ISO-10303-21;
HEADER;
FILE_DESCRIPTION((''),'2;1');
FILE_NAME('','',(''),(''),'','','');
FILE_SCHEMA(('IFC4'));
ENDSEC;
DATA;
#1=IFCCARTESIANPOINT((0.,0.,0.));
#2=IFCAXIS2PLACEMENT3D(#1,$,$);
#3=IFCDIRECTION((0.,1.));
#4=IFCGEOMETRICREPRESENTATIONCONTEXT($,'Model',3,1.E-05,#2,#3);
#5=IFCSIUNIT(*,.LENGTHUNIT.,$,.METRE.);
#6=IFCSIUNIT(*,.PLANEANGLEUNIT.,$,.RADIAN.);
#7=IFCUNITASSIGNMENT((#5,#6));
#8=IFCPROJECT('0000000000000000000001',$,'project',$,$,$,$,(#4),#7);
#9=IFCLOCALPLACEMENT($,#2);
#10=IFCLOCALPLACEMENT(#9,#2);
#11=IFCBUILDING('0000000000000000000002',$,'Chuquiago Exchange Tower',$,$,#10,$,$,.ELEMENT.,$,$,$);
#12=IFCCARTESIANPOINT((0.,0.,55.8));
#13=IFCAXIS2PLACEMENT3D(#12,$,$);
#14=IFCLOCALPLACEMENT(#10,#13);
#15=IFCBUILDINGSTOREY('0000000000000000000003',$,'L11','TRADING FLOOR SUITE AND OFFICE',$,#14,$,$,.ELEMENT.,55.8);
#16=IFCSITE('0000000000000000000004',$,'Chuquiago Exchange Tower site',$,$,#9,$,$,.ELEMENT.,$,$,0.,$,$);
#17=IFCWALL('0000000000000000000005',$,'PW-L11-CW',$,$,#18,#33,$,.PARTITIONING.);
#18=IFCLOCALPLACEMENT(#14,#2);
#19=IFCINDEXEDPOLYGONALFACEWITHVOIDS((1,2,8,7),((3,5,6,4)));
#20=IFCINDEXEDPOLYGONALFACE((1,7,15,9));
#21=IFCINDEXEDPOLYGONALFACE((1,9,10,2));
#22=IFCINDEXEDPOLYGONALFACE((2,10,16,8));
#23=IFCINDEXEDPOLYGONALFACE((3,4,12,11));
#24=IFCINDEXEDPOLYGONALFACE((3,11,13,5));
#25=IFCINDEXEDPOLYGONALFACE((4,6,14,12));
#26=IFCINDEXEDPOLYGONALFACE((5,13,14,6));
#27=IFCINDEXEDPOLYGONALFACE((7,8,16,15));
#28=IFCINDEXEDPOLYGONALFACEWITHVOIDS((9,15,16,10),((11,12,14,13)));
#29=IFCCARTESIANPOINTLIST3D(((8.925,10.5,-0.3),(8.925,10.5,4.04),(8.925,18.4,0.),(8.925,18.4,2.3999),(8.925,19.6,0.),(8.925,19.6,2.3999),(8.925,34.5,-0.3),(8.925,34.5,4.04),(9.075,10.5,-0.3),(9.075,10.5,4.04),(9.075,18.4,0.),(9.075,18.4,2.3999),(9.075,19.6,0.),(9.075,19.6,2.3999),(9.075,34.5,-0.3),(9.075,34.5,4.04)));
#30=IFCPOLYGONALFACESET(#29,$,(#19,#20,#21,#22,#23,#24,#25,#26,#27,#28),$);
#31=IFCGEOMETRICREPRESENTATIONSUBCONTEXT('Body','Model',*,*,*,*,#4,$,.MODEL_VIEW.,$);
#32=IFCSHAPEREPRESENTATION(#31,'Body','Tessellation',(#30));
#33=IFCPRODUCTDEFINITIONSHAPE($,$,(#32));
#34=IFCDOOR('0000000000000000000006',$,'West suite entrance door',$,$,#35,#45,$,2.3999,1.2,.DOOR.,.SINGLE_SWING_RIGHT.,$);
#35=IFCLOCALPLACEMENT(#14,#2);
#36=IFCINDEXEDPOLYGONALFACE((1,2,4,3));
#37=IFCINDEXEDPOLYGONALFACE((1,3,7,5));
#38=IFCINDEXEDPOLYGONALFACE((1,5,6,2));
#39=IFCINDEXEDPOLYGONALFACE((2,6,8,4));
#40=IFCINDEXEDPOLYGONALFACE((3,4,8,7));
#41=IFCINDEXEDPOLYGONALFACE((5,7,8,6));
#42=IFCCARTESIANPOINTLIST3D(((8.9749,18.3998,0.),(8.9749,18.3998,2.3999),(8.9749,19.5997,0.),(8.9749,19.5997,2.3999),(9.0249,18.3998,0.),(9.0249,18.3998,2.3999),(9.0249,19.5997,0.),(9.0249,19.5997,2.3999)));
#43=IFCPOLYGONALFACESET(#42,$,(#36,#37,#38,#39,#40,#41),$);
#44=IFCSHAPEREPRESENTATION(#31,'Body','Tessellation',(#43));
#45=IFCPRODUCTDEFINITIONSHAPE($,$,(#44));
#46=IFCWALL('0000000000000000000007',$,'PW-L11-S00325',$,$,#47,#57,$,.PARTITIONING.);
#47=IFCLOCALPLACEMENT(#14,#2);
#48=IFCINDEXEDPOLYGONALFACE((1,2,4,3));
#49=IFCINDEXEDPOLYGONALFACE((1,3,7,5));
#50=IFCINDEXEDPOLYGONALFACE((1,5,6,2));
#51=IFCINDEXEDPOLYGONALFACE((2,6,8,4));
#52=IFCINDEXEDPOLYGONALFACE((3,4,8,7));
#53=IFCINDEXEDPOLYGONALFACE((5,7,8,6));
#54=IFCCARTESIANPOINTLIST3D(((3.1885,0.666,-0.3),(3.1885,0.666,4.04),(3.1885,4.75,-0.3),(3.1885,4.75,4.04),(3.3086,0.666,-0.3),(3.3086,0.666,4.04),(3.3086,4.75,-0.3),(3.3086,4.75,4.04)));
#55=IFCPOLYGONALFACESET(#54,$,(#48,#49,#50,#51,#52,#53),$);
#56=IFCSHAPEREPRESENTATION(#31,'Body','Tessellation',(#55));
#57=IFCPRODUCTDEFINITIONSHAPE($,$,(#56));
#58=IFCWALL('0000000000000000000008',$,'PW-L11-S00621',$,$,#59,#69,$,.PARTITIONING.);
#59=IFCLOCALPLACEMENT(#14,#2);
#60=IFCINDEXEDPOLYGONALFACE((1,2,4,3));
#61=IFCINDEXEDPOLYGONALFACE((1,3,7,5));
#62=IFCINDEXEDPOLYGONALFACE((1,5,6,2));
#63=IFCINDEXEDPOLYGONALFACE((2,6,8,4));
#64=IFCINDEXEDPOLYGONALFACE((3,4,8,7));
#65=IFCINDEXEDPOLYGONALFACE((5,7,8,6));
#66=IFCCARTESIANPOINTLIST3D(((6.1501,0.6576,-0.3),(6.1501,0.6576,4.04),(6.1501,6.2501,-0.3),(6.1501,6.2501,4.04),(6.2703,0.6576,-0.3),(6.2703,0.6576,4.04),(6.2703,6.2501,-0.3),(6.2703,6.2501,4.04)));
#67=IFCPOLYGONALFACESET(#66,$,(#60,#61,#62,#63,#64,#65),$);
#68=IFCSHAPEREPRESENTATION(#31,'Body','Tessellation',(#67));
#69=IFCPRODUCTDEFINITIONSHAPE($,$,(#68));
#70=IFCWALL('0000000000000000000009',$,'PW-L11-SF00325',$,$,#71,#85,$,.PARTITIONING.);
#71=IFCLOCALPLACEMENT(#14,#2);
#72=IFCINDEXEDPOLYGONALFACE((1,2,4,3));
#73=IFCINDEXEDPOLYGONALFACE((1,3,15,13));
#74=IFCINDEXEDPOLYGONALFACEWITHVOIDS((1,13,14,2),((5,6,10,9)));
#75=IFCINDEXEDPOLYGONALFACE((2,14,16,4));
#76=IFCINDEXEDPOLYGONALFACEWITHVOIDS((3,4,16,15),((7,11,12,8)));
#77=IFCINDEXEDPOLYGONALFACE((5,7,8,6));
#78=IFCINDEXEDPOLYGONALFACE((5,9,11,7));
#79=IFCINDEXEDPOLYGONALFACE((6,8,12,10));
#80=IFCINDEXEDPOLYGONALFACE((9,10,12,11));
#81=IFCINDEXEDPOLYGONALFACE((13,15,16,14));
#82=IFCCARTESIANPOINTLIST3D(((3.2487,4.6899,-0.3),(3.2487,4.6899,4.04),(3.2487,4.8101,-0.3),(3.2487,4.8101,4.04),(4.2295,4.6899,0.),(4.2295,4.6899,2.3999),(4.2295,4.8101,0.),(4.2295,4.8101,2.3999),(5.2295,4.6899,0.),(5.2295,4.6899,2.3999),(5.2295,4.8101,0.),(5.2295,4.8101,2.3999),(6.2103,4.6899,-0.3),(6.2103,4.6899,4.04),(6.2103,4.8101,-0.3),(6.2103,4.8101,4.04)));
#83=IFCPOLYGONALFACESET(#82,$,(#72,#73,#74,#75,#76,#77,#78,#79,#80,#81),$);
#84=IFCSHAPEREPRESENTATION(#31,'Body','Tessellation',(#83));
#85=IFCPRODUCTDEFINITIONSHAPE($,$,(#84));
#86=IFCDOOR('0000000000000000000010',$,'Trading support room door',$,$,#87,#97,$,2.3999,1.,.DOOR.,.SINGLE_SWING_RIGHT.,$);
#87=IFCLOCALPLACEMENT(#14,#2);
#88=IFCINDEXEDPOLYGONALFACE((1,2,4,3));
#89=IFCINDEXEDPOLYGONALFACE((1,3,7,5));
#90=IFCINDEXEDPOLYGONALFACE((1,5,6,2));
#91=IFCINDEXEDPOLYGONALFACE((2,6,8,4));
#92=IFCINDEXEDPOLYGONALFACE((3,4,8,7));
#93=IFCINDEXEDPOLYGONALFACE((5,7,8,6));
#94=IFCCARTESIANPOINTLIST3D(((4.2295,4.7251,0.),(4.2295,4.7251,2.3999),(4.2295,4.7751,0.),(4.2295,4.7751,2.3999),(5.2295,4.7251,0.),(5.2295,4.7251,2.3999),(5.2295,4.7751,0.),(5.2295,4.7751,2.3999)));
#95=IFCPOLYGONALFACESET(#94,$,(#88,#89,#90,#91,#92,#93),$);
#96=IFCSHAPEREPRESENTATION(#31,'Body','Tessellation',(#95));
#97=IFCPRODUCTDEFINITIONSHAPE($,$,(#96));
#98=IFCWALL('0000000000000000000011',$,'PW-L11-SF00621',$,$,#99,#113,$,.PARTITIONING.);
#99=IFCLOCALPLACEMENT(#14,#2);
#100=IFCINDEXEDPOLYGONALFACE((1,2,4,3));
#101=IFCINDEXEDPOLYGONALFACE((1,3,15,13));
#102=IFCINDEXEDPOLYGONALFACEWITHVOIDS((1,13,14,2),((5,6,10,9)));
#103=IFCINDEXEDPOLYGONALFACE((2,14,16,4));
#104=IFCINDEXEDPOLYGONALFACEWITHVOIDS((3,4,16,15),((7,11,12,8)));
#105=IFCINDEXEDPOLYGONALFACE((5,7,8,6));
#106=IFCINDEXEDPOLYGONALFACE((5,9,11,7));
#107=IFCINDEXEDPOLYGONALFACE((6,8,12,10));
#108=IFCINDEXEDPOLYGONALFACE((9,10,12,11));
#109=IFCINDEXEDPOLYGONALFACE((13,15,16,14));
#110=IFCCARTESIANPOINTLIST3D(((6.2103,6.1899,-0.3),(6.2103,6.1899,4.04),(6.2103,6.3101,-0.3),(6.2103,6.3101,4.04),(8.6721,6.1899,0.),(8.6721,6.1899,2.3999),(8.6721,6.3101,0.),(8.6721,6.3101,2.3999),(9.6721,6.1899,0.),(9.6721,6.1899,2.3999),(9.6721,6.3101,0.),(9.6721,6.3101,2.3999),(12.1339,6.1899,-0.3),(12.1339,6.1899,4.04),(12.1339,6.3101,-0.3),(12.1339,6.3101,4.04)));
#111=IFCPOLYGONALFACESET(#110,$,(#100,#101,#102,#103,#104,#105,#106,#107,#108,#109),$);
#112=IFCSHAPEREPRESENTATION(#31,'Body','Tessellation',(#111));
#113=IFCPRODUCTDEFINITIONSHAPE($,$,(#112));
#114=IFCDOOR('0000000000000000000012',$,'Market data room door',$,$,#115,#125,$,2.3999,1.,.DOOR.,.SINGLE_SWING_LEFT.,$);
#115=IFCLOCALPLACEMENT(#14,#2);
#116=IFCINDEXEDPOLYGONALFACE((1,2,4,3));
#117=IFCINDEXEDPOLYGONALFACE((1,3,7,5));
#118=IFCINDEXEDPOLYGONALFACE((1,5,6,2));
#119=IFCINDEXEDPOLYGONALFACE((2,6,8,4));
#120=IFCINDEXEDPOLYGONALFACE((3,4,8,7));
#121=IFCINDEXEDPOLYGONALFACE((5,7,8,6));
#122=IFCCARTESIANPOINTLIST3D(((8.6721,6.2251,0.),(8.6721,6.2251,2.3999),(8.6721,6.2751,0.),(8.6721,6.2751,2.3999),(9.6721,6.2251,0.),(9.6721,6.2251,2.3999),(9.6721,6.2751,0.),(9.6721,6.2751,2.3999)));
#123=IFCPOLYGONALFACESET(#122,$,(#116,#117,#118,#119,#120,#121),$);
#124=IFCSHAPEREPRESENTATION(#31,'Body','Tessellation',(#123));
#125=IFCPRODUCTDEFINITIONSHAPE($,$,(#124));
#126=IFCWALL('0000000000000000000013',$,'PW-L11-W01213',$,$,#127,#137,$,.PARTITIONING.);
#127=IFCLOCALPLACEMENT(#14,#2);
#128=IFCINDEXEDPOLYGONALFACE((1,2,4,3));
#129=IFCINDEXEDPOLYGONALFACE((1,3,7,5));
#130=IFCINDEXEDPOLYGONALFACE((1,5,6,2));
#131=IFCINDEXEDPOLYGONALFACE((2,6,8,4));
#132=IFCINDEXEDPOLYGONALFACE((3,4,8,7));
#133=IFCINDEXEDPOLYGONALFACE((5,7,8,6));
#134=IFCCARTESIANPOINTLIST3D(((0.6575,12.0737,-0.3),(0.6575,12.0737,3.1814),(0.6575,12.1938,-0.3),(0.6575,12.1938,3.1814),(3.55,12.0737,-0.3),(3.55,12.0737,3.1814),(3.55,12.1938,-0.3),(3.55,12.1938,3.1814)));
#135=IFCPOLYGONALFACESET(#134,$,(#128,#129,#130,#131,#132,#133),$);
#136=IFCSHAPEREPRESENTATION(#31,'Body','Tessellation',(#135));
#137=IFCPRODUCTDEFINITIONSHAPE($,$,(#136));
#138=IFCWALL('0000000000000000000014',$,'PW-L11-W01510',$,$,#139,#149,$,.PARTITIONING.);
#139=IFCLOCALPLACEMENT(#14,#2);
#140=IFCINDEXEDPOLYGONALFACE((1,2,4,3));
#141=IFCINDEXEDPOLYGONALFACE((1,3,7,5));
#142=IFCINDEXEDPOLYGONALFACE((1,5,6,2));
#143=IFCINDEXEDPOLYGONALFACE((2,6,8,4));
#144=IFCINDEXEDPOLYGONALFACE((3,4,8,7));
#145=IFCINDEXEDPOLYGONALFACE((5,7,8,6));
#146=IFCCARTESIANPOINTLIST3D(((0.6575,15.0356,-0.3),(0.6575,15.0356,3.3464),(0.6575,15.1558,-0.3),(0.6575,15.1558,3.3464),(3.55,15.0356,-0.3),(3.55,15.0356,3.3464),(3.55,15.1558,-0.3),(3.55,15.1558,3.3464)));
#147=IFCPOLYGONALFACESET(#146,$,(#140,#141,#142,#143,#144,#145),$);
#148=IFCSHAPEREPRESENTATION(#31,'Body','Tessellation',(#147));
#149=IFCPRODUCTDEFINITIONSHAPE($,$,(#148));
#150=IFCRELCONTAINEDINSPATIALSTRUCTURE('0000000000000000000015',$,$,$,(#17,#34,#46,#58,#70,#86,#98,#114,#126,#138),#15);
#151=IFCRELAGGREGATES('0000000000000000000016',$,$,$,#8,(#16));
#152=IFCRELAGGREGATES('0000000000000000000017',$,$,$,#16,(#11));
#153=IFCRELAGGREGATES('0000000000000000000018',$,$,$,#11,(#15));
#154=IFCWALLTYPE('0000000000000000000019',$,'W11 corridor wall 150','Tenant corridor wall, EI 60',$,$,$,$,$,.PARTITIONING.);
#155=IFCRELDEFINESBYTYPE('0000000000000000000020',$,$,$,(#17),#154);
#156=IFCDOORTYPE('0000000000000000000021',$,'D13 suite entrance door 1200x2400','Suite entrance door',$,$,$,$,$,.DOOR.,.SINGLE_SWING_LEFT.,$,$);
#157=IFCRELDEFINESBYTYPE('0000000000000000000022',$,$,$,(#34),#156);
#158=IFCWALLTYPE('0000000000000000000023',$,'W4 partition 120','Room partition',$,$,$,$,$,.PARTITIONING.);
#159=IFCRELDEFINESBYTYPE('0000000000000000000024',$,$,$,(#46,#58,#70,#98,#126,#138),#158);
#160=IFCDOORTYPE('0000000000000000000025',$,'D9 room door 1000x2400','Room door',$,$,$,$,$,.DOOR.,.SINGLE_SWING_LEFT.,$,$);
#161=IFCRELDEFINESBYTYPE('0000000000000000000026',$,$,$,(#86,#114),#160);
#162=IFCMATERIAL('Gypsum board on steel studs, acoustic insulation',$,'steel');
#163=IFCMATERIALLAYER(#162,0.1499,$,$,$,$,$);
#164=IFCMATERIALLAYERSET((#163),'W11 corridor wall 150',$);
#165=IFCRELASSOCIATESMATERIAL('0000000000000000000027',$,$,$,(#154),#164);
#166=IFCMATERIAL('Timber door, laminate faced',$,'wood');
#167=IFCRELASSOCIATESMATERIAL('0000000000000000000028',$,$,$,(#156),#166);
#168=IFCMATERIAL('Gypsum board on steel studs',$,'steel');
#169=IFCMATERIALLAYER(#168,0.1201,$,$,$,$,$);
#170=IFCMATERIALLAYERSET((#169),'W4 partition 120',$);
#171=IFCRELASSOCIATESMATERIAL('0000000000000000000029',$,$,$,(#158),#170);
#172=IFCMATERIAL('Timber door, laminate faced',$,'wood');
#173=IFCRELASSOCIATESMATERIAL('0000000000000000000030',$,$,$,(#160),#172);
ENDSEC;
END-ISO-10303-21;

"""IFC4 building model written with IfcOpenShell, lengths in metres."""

from ifc_helpers import new_model, si_unit, direction, frame, frame_2d, origin, place, context, subcontext, project, spatial, rectangle, extrude, material, layer, layer_set, type_object, element, fill, save


model = new_model("IFC4")

# Units and contexts
model_context = context("Model", 3, precision=1e-05, world=origin(), true_north=direction((0.0, 1.0)))
body_context = subcontext(model_context, "Body", "Model", "MODEL_VIEW")
ifc_project = project(units=[si_unit("LENGTHUNIT", "METRE"), si_unit("PLANEANGLEUNIT", "RADIAN")], contexts=[model_context])

# Site, building, storey
site_placement = place(None, origin())
site = spatial("IfcSite", under=ifc_project, at=site_placement, Name="Chuquiago Exchange Tower site", CompositionType="ELEMENT", RefElevation=0.0)
building_placement = place(site_placement, origin())
building = spatial("IfcBuilding", under=site, at=building_placement, Name="Chuquiago Exchange Tower", CompositionType="ELEMENT")
storey_placement = place(building_placement, frame((0.0, 0.0, 55.8)))
storey = spatial("IfcBuildingStorey", under=building, at=storey_placement, Name="L11", Description="TRADING FLOOR SUITE AND OFFICE", CompositionType="ELEMENT", Elevation=55.8)

# Shared definitions
ifc_material_1 = material(Name="Gypsum board on steel studs, acoustic insulation", Category="steel")
ifc_layer_1 = layer(ifc_material_1, 0.1499)
ifc_layer_set_1 = layer_set([ifc_layer_1], Name="W11 corridor wall 150")
wall_type_1 = type_object("IfcWallType", Name="W11 corridor wall 150", Description="Tenant corridor wall, EI 60", PredefinedType="PARTITIONING", material=ifc_layer_set_1)

# Wall, opening, door
wall_1_placement = place(storey_placement, frame((9.0, 10.5, -0.3), z_axis=(0.0, 0.0, 1.0), x_axis=(0.0, 1.0, 0.0)))
wall_1 = element("IfcWall", 1, at=wall_1_placement, inside=storey, type_object=wall_type_1, Name="PW-L11-CW", PredefinedType="PARTITIONING", context=body_context, shape_type="SweptSolid", body=[
    extrude(rectangle(XDim=24.0, YDim=0.1499, at=frame_2d((12.0, 0.0))), origin(), (0.0, 0.0, 1.0), 4.3401),
])
opening_1_placement = place(wall_1_placement, frame((7.8999, 0.0, 0.3)))
opening_1 = element("IfcOpeningElement", 2, at=opening_1_placement, cuts=wall_1, PredefinedType="OPENING", context=body_context, shape_type="SweptSolid", body=[
    extrude(rectangle(XDim=1.2, YDim=2.3999, at=frame_2d((0.6001, 1.2))), frame((0.0, 0.085, 0.0), z_axis=(0.0, -1.0, 0.0), x_axis=(1.0, 0.0, 0.0)), (0.0, 0.0, 1.0), 0.1699),
])
ifc_material_2 = material(Name="Timber door, laminate faced", Category="wood")
door_type_1 = type_object("IfcDoorType", Name="D13 suite entrance door 1200x2400", Description="Suite entrance door", OperationType="SINGLE_SWING_LEFT", PredefinedType="DOOR", material=ifc_material_2)
door_1_placement = place(opening_1_placement, frame((1.2, 0.0, 0.0), z_axis=(0.0, 0.0, 1.0), x_axis=(-1.0, 0.0, 0.0)))
door_1 = element("IfcDoor", 3, at=door_1_placement, inside=storey, type_object=door_type_1, Name="West suite entrance door", OperationType="SINGLE_SWING_RIGHT", OverallHeight=2.3999, OverallWidth=1.2, PredefinedType="DOOR", context=body_context, shape_type="SweptSolid", body=[
    extrude(rectangle(XDim=1.2, YDim=2.3999, at=frame_2d((0.6001, 1.2))), frame((0.0, 0.0249, 0.0), z_axis=(0.0, -1.0, 0.0), x_axis=(1.0, 0.0, 0.0)), (0.0, 0.0, 1.0), 0.05),
])
fill(opening_1, door_1)

# Walls
ifc_material_3 = material(Name="Gypsum board on steel studs", Category="steel")
ifc_layer_2 = layer(ifc_material_3, 0.1201)
ifc_layer_set_2 = layer_set([ifc_layer_2], Name="W4 partition 120")
wall_type_2 = type_object("IfcWallType", Name="W4 partition 120", Description="Room partition", PredefinedType="PARTITIONING", material=ifc_layer_set_2)
wall_2_placement = place(storey_placement, frame((3.2485, 0.666, -0.3), z_axis=(0.0, 0.0, 1.0), x_axis=(0.0, 1.0, 0.0)))
element("IfcWall", 4, at=wall_2_placement, inside=storey, type_object=wall_type_2, Name="PW-L11-S00325", PredefinedType="PARTITIONING", context=body_context, shape_type="SweptSolid", body=[
    extrude(rectangle(XDim=4.084, YDim=0.1201, at=frame_2d((2.042, 0.0))), origin(), (0.0, 0.0, 1.0), 4.3401),
])
wall_3_placement = place(storey_placement, frame((6.2102, 0.6575, -0.3), z_axis=(0.0, 0.0, 1.0), x_axis=(0.0, 1.0, 0.0)))
element("IfcWall", 5, at=wall_3_placement, inside=storey, type_object=wall_type_2, Name="PW-L11-S00621", PredefinedType="PARTITIONING", context=body_context, shape_type="SweptSolid", body=[
    extrude(rectangle(XDim=5.5925, YDim=0.1201, at=frame_2d((2.7964, 0.0))), origin(), (0.0, 0.0, 1.0), 4.3401),
])

# Walls, openings, doors
wall_4_placement = place(storey_placement, frame((3.2485, 4.75, -0.3), z_axis=(0.0, 0.0, 1.0), x_axis=(1.0, 0.0, 0.0)))
wall_4 = element("IfcWall", 6, at=wall_4_placement, inside=storey, type_object=wall_type_2, Name="PW-L11-SF00325", PredefinedType="PARTITIONING", context=body_context, shape_type="SweptSolid", body=[
    extrude(rectangle(XDim=2.9617, YDim=0.1201, at=frame_2d((1.481, 0.0))), origin(), (0.0, 0.0, 1.0), 4.3401),
])
opening_2_placement = place(wall_4_placement, frame((0.981, 0.0, 0.3)))
opening_2 = element("IfcOpeningElement", 7, at=opening_2_placement, cuts=wall_4, PredefinedType="OPENING", context=body_context, shape_type="SweptSolid", body=[
    extrude(rectangle(XDim=1.0, YDim=2.3999, at=frame_2d((0.5, 1.2))), frame((0.0, 0.0701, 0.0), z_axis=(0.0, -1.0, 0.0), x_axis=(1.0, 0.0, 0.0)), (0.0, 0.0, 1.0), 0.1401),
])
ifc_material_4 = material(Name="Timber door, laminate faced", Category="wood")
door_type_2 = type_object("IfcDoorType", Name="D9 room door 1000x2400", Description="Room door", OperationType="SINGLE_SWING_LEFT", PredefinedType="DOOR", material=ifc_material_4)
door_2_placement = place(opening_2_placement, frame((1.0, 0.0, 0.0), z_axis=(0.0, 0.0, 1.0), x_axis=(-1.0, 0.0, 0.0)))
door_2 = element("IfcDoor", 8, at=door_2_placement, inside=storey, type_object=door_type_2, Name="Trading support room door", OperationType="SINGLE_SWING_RIGHT", OverallHeight=2.3999, OverallWidth=1.0, PredefinedType="DOOR", context=body_context, shape_type="SweptSolid", body=[
    extrude(rectangle(XDim=1.0, YDim=2.3999, at=frame_2d((0.5, 1.2))), frame((0.0, 0.0249, 0.0), z_axis=(0.0, -1.0, 0.0), x_axis=(1.0, 0.0, 0.0)), (0.0, 0.0, 1.0), 0.05),
])
fill(opening_2, door_2)
wall_5_placement = place(storey_placement, frame((6.2102, 6.25, -0.3), z_axis=(0.0, 0.0, 1.0), x_axis=(1.0, 0.0, 0.0)))
wall_5 = element("IfcWall", 9, at=wall_5_placement, inside=storey, type_object=wall_type_2, Name="PW-L11-SF00621", PredefinedType="PARTITIONING", context=body_context, shape_type="SweptSolid", body=[
    extrude(rectangle(XDim=5.9236, YDim=0.1201, at=frame_2d((2.9619, 0.0))), origin(), (0.0, 0.0, 1.0), 4.3401),
])
opening_3_placement = place(wall_5_placement, frame((2.4619, 0.0, 0.3)))
opening_3 = element("IfcOpeningElement", 10, at=opening_3_placement, cuts=wall_5, PredefinedType="OPENING", context=body_context, shape_type="SweptSolid", body=[
    extrude(rectangle(XDim=1.0, YDim=2.3999, at=frame_2d((0.5, 1.2))), frame((0.0, 0.0701, 0.0), z_axis=(0.0, -1.0, 0.0), x_axis=(1.0, 0.0, 0.0)), (0.0, 0.0, 1.0), 0.1401),
])
door_3_placement = place(opening_3_placement, frame((1.0, 0.0, 0.0), z_axis=(0.0, 0.0, 1.0), x_axis=(-1.0, 0.0, 0.0)))
door_3 = element("IfcDoor", 11, at=door_3_placement, inside=storey, type_object=door_type_2, Name="Market data room door", OperationType="SINGLE_SWING_LEFT", OverallHeight=2.3999, OverallWidth=1.0, PredefinedType="DOOR", context=body_context, shape_type="SweptSolid", body=[
    extrude(rectangle(XDim=1.0, YDim=2.3999, at=frame_2d((0.5, 1.2))), frame((0.0, 0.0249, 0.0), z_axis=(0.0, -1.0, 0.0), x_axis=(1.0, 0.0, 0.0)), (0.0, 0.0, 1.0), 0.05),
])
fill(opening_3, door_3)

# Walls
wall_6_placement = place(storey_placement, frame((0.6575, 12.1338, -0.3), z_axis=(0.0, 0.0, 1.0), x_axis=(1.0, 0.0, 0.0)))
element("IfcWall", 12, at=wall_6_placement, inside=storey, type_object=wall_type_2, Name="PW-L11-W01213", PredefinedType="PARTITIONING", context=body_context, shape_type="SweptSolid", body=[
    extrude(rectangle(XDim=2.8926, YDim=0.1201, at=frame_2d((1.4463, 0.0))), origin(), (0.0, 0.0, 1.0), 3.4814),
])
wall_7_placement = place(storey_placement, frame((0.6575, 15.0957, -0.3), z_axis=(0.0, 0.0, 1.0), x_axis=(1.0, 0.0, 0.0)))
element("IfcWall", 13, at=wall_7_placement, inside=storey, type_object=wall_type_2, Name="PW-L11-W01510", PredefinedType="PARTITIONING", context=body_context, shape_type="SweptSolid", body=[
    extrude(rectangle(XDim=2.8926, YDim=0.1201, at=frame_2d((1.4463, 0.0))), origin(), (0.0, 0.0, 1.0), 3.6465),
])

save(model, "model.ifc")
